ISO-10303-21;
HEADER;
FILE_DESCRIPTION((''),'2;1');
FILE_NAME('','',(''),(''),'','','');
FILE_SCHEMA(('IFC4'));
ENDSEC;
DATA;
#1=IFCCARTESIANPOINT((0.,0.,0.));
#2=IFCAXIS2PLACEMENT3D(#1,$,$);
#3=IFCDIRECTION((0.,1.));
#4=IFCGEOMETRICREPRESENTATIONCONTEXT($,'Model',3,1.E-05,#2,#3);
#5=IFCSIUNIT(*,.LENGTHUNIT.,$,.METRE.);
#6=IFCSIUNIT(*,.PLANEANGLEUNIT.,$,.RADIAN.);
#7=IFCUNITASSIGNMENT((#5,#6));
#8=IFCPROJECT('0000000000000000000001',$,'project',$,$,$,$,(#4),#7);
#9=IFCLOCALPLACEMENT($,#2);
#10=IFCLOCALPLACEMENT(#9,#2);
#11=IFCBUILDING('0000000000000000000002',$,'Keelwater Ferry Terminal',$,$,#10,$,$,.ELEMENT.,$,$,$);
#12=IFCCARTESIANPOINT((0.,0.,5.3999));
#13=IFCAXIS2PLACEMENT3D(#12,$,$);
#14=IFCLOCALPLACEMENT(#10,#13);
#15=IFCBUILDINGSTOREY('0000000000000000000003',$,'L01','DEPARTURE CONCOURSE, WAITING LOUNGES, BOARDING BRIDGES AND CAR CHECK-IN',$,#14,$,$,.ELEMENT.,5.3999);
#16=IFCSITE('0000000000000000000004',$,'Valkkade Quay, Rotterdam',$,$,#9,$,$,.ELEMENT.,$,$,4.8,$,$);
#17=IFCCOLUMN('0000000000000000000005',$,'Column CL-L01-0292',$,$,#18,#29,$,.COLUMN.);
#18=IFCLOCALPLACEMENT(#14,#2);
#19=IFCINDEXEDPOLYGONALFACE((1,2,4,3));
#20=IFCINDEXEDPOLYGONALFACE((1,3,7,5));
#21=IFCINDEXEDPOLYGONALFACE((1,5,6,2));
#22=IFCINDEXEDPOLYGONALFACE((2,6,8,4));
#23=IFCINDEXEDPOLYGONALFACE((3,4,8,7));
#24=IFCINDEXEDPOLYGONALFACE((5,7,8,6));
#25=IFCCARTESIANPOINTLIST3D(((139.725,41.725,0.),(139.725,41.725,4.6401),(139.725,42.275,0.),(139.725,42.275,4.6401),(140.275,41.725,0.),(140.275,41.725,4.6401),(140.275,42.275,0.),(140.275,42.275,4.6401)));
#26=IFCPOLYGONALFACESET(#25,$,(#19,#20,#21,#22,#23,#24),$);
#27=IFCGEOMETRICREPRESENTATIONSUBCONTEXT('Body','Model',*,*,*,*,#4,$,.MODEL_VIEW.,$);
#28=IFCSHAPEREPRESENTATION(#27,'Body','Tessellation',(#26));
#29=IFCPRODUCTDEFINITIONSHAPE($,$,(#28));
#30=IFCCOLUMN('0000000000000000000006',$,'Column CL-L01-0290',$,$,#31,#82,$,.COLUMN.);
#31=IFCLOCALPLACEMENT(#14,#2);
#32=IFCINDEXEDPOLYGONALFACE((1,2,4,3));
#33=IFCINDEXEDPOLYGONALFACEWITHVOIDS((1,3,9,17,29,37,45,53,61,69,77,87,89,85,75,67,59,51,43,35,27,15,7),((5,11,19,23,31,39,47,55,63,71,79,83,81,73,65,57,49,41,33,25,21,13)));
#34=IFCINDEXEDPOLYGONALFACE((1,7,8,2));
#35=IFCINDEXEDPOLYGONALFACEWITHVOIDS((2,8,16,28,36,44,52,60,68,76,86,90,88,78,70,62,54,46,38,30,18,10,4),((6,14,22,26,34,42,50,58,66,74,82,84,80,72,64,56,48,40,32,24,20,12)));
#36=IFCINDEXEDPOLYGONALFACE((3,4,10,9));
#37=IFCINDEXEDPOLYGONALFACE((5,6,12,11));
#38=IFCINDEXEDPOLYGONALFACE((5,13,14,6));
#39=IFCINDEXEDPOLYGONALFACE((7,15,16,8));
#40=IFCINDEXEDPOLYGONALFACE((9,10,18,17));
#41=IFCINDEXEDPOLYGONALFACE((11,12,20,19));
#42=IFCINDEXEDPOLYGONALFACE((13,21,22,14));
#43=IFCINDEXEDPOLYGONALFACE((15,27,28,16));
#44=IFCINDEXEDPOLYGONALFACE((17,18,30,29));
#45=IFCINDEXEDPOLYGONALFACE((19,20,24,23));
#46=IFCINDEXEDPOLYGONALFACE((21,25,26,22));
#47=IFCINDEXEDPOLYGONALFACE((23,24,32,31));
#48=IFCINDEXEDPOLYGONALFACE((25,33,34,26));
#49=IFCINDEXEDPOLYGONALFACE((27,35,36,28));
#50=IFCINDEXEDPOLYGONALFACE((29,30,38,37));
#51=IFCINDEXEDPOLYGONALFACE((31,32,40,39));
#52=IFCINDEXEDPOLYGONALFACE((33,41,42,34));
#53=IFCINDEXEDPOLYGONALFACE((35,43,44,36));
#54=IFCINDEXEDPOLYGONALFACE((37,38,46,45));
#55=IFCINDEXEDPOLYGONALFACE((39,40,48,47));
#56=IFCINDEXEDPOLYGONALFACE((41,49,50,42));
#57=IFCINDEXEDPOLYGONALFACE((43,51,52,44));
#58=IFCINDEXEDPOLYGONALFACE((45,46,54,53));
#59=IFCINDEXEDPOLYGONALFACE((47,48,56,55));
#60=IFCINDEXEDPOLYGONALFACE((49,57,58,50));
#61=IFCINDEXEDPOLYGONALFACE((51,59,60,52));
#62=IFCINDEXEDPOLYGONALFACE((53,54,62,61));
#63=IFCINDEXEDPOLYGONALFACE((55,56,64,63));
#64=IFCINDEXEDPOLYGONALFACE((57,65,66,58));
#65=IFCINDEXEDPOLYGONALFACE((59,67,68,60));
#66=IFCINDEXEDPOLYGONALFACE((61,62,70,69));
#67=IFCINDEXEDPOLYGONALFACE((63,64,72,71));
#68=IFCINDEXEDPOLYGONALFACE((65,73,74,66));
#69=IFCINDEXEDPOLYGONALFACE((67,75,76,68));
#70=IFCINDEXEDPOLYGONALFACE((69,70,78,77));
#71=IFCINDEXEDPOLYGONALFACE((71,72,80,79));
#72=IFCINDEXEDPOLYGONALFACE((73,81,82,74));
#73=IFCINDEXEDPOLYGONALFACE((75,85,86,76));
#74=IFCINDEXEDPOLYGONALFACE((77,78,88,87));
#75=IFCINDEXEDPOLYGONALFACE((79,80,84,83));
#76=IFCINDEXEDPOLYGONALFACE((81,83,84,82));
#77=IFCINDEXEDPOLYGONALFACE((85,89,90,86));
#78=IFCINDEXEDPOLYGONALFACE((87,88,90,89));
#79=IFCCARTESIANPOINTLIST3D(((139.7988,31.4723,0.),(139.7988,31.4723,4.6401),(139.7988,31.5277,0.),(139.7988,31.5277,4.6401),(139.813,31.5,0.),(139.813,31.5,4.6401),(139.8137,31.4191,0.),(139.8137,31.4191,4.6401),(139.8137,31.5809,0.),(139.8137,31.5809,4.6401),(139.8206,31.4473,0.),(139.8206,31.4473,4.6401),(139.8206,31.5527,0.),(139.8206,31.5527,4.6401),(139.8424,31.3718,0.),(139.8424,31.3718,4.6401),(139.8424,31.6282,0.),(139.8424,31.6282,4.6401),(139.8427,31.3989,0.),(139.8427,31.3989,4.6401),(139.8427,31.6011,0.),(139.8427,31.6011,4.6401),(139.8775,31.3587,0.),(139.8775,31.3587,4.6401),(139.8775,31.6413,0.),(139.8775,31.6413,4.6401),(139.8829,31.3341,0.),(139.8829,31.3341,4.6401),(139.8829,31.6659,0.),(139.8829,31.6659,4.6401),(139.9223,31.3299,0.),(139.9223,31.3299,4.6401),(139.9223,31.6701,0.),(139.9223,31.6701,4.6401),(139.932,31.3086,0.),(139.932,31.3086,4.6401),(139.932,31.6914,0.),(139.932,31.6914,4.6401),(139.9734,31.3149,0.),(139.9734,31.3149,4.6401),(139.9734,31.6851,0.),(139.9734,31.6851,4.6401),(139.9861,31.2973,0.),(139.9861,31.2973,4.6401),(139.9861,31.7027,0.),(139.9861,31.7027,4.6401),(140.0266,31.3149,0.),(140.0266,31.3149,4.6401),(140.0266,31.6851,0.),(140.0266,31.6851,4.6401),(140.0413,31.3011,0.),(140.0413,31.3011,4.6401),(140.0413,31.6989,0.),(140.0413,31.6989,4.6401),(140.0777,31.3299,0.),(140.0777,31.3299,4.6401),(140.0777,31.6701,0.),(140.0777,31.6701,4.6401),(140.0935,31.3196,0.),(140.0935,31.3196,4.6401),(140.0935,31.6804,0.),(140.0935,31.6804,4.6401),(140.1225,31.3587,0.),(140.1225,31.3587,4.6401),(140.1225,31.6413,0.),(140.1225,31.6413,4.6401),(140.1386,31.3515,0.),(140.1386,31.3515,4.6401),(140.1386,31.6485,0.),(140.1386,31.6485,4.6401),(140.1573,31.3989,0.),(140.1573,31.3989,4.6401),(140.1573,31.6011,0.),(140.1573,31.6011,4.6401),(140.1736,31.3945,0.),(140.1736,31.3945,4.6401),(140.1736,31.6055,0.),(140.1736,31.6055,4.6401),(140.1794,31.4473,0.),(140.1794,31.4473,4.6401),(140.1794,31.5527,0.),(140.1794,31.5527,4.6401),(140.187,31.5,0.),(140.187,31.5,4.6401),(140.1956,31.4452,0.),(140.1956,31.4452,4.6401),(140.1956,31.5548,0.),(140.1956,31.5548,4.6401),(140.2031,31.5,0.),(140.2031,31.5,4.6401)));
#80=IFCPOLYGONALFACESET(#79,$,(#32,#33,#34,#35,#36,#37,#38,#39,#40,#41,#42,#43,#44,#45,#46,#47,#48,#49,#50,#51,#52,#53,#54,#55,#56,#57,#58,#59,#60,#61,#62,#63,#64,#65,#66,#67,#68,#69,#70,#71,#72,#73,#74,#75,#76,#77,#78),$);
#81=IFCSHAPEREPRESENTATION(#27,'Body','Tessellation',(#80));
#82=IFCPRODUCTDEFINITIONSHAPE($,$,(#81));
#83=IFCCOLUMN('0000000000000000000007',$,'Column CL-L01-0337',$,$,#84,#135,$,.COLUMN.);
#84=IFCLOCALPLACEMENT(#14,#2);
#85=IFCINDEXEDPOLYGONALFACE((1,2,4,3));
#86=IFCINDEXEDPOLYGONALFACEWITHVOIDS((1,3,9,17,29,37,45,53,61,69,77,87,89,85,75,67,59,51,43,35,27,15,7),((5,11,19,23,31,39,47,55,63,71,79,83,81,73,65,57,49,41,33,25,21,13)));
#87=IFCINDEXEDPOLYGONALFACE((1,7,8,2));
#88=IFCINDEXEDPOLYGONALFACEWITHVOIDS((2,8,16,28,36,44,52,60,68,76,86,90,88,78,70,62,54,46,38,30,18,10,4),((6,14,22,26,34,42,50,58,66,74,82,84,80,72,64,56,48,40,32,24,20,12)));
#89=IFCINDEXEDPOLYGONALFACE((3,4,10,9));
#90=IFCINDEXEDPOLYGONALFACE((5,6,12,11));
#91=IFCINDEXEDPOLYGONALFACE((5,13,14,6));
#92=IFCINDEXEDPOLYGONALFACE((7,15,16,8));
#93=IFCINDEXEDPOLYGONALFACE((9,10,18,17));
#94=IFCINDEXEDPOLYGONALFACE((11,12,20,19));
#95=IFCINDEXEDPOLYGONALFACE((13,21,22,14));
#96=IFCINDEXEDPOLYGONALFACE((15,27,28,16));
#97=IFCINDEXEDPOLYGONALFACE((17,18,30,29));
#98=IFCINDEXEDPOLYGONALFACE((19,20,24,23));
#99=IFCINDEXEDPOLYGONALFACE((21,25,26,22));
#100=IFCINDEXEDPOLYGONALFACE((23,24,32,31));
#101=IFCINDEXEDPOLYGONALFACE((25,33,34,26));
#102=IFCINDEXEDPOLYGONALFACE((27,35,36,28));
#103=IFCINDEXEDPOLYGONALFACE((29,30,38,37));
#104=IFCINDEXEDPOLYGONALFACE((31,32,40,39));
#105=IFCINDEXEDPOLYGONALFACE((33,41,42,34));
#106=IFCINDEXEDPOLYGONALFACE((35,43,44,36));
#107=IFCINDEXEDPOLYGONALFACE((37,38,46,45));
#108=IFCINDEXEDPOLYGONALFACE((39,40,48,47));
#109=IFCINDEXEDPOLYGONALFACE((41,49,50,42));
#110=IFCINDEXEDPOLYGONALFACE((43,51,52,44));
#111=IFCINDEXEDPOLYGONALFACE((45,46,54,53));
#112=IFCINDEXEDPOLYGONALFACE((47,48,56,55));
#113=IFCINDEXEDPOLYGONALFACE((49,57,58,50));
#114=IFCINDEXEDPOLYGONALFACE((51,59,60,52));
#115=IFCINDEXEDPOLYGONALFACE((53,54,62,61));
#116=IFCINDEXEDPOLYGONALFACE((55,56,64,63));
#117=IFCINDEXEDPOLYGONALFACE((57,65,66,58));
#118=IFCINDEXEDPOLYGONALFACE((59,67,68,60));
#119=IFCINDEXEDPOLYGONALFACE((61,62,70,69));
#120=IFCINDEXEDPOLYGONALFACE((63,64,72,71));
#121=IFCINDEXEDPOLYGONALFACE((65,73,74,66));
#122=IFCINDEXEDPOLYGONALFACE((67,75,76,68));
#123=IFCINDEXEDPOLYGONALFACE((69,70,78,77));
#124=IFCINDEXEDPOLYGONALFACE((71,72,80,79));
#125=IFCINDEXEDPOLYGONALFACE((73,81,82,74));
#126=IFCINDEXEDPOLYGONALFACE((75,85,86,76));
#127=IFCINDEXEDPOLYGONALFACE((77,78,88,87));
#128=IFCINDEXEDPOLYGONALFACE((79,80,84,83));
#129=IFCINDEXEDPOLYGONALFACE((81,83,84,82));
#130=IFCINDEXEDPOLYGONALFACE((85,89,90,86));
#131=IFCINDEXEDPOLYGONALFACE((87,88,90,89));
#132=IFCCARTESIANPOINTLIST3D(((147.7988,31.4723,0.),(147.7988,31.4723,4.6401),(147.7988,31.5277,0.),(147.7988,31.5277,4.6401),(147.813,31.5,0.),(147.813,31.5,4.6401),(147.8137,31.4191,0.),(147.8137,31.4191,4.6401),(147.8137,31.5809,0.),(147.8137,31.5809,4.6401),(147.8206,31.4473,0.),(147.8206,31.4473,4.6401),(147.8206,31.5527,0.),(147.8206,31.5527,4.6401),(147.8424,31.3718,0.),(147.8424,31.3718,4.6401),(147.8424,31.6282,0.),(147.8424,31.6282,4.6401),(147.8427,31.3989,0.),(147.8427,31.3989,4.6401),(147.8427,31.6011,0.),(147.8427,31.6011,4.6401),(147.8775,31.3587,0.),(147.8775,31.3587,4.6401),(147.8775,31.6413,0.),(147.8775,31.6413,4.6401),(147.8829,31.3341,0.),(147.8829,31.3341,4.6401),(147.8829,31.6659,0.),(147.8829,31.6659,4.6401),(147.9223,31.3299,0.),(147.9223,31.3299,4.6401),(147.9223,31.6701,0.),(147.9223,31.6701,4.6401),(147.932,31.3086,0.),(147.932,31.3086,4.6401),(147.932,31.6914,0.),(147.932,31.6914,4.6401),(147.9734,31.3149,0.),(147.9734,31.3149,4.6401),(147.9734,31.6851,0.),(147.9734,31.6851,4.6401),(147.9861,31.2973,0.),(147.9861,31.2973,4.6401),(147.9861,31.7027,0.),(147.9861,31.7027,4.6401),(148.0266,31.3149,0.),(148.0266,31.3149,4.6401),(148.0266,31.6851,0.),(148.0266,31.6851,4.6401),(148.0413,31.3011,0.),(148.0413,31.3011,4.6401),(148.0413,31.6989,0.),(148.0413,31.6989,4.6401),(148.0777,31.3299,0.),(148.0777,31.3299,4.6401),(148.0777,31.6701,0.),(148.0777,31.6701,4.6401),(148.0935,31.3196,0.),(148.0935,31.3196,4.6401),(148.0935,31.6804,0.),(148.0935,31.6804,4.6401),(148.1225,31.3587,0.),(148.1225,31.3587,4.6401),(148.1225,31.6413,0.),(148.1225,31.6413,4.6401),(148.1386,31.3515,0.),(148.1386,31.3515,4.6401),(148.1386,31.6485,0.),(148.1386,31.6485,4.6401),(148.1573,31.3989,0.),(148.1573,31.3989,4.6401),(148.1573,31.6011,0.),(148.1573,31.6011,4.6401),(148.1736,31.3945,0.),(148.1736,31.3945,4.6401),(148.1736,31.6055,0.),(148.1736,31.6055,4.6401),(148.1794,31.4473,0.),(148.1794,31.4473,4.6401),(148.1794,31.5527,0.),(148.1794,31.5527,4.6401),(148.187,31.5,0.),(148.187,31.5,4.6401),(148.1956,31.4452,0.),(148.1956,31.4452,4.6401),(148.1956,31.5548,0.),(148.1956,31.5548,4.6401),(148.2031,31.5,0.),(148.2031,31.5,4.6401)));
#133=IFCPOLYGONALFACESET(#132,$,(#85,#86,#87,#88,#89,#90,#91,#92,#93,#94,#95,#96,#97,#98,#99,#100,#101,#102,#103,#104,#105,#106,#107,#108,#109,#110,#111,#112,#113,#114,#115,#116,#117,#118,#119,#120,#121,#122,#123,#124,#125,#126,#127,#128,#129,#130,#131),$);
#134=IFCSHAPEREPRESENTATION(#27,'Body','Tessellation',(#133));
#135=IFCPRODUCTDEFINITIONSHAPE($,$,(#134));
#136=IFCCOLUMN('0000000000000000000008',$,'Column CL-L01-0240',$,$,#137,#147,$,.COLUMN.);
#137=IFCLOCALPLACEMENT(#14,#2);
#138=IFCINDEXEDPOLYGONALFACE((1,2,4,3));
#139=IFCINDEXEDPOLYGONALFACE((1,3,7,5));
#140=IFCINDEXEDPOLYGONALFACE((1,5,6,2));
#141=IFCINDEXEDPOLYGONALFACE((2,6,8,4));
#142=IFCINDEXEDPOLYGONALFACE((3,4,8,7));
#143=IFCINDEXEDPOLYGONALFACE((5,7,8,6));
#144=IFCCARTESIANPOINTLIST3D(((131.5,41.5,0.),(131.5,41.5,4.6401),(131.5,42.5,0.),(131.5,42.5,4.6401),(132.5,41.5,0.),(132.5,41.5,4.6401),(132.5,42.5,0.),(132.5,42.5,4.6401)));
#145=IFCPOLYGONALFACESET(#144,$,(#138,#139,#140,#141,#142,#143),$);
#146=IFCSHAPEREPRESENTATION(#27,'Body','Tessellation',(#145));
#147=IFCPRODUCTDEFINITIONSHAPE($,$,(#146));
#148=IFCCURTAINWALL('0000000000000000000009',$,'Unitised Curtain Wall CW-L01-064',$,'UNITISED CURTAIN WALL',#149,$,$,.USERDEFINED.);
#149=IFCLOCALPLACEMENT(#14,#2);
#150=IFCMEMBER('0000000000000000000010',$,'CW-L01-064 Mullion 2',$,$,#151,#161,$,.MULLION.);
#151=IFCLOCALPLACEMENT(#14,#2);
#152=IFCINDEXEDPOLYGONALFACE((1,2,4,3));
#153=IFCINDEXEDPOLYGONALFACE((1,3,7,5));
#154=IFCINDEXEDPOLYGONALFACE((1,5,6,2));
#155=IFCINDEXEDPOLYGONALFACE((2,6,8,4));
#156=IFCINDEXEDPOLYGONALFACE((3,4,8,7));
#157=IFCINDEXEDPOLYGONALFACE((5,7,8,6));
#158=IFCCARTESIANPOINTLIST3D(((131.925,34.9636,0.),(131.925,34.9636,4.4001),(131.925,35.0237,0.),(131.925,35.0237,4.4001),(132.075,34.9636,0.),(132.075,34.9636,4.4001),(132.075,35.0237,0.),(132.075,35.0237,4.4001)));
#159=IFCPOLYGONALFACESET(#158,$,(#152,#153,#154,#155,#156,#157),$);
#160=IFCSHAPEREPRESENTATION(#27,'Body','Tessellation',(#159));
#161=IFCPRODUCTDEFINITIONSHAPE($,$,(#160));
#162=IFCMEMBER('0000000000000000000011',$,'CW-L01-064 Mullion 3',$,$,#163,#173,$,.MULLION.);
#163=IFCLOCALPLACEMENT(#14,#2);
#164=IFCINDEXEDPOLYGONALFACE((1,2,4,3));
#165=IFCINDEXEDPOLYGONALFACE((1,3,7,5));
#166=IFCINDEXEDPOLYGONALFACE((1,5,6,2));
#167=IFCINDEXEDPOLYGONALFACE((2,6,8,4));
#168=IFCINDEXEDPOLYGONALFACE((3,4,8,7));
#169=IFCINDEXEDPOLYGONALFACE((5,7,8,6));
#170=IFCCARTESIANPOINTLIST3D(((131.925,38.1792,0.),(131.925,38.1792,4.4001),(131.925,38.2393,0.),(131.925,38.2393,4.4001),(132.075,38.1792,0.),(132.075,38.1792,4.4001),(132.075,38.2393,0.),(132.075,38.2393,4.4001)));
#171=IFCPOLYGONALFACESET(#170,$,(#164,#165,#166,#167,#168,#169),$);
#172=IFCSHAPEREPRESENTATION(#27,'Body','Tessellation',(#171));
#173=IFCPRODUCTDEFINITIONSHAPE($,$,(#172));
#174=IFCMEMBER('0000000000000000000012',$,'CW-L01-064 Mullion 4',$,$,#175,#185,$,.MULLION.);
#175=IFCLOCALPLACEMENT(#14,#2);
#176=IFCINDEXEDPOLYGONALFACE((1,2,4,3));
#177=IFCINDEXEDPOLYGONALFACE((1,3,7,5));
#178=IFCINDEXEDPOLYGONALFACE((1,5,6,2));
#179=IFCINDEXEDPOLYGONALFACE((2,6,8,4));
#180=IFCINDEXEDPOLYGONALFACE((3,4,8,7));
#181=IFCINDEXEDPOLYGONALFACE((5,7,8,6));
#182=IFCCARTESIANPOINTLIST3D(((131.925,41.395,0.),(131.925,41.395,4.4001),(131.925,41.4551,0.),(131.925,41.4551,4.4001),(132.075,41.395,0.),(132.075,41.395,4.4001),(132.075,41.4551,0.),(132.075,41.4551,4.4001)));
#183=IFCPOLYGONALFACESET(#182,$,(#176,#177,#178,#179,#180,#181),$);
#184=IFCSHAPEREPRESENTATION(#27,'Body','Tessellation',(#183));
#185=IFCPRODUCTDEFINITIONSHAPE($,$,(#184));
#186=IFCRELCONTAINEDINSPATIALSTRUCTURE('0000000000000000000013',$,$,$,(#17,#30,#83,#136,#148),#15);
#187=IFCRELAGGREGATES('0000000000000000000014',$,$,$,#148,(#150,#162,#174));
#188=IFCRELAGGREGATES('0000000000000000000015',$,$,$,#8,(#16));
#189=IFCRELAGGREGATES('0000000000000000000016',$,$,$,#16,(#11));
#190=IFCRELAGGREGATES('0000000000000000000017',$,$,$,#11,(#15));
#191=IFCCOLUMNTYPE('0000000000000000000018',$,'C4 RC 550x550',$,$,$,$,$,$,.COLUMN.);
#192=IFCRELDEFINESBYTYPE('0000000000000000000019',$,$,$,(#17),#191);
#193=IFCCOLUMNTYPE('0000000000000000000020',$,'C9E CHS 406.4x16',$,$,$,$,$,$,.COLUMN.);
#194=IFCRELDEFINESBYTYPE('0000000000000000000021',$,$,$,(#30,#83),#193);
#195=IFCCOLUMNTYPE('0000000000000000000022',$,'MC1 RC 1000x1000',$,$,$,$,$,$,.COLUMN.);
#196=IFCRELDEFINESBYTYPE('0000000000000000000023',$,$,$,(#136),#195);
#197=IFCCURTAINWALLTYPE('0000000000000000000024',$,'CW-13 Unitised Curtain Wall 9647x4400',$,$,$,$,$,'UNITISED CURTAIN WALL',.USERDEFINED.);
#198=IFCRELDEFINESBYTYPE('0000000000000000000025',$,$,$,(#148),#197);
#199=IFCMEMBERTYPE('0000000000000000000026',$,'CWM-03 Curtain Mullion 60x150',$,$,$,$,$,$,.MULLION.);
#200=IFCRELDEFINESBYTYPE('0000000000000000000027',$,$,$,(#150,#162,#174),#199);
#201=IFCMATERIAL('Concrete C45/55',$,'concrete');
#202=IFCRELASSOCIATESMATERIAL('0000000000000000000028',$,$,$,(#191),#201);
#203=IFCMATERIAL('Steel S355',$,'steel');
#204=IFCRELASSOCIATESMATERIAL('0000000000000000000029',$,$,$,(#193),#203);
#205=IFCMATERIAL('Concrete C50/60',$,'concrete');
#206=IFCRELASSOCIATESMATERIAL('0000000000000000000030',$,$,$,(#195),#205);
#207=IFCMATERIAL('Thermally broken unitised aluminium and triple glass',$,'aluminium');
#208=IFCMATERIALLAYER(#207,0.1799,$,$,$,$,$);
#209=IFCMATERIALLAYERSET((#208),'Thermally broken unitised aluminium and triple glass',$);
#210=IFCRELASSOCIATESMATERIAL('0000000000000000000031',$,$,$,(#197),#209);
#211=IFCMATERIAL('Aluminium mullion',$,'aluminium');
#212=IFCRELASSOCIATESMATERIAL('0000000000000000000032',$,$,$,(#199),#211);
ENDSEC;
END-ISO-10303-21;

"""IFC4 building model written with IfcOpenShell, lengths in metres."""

from ifc_helpers import new_model, si_unit, direction, frame, origin, origin_2d, place, context, subcontext, project, spatial, rectangle, hollow_circle, extrude, material, layer, layer_set, material_profile, profile_set, type_object, element, aggregate, save


model = new_model("IFC4")

# Units and contexts
model_context = context("Model", 3, precision=1e-05, world=origin(), true_north=direction((0.0, 1.0)))
body_context = subcontext(model_context, "Body", "Model", "MODEL_VIEW")
ifc_project = project(units=[si_unit("LENGTHUNIT", "METRE"), si_unit("PLANEANGLEUNIT", "RADIAN")], contexts=[model_context])

# Site, building, storey
site_placement = place(None, origin())
site = spatial("IfcSite", under=ifc_project, at=site_placement, Name="Valkkade Quay, Rotterdam", CompositionType="ELEMENT", RefElevation=4.8)
building_placement = place(site_placement, origin())
building = spatial("IfcBuilding", under=site, at=building_placement, Name="Keelwater Ferry Terminal", CompositionType="ELEMENT")
storey_placement = place(building_placement, frame((0.0, 0.0, 5.3999)))
storey = spatial("IfcBuildingStorey", under=building, at=storey_placement, Name="L01", Description="DEPARTURE CONCOURSE, WAITING LOUNGES, BOARDING BRIDGES AND CAR CHECK-IN", CompositionType="ELEMENT", Elevation=5.3999)

# Columns
ifc_material_1 = material(Name="Concrete C45/55", Category="concrete")
ifc_material_profile_1 = material_profile(ifc_material_1, rectangle(XDim=0.55, YDim=0.55, at=origin_2d()), Name="RC 550x550")
ifc_profile_set_1 = profile_set([ifc_material_profile_1], Name="Concrete C45/55")
column_type_1 = type_object("IfcColumnType", Name="C4 RC 550x550", PredefinedType="COLUMN", material=ifc_profile_set_1)
column_1_placement = place(storey_placement, frame((140.0, 42.0, 0.0), z_axis=(0.0, 0.0, 1.0), x_axis=(1.0, 0.0, 0.0)))
element("IfcColumn", 1, at=column_1_placement, inside=storey, type_object=column_type_1, Name="Column CL-L01-0292", PredefinedType="COLUMN", context=body_context, shape_type="SweptSolid", body=[
    extrude(rectangle(XDim=0.55, YDim=0.55, at=origin_2d()), origin(), (0.0, 0.0, 1.0), 4.6401),
])
ifc_material_2 = material(Name="Steel S355", Category="steel")
ifc_material_profile_2 = material_profile(ifc_material_2, hollow_circle(Radius=0.2031, WallThickness=0.0161, at=origin_2d()), Name="CHS 406.4x16")
ifc_profile_set_2 = profile_set([ifc_material_profile_2], Name="Steel S355")
column_type_2 = type_object("IfcColumnType", Name="C9E CHS 406.4x16", PredefinedType="COLUMN", material=ifc_profile_set_2)
for number, where, z_axis, x_axis, name in (
    (2, (140.0, 31.5, 0.0), (0.0, 0.0, 1.0), (1.0, 0.0, 0.0), "Column CL-L01-0290"),
    (3, (148.0, 31.5, 0.0), (0.0, 0.0, 1.0), (1.0, 0.0, 0.0), "Column CL-L01-0337"),
):
    element("IfcColumn", number, at=place(storey_placement, frame(where, z_axis=z_axis, x_axis=x_axis)), inside=storey, type_object=column_type_2, Name=name, PredefinedType="COLUMN", context=body_context, shape_type="SweptSolid", body=[
        extrude(hollow_circle(Radius=0.2031, WallThickness=0.0161, at=origin_2d()), origin(), (0.0, 0.0, 1.0), 4.6401),
    ])
ifc_material_3 = material(Name="Concrete C50/60", Category="concrete")
ifc_material_profile_3 = material_profile(ifc_material_3, rectangle(XDim=1.0, YDim=1.0, at=origin_2d()), Name="RC 1000x1000")
ifc_profile_set_3 = profile_set([ifc_material_profile_3], Name="Concrete C50/60")
column_type_3 = type_object("IfcColumnType", Name="MC1 RC 1000x1000", PredefinedType="COLUMN", material=ifc_profile_set_3)
column_2_placement = place(storey_placement, frame((132.0, 42.0, 0.0), z_axis=(0.0, 0.0, 1.0), x_axis=(1.0, 0.0, 0.0)))
element("IfcColumn", 4, at=column_2_placement, inside=storey, type_object=column_type_3, Name="Column CL-L01-0240", PredefinedType="COLUMN", context=body_context, shape_type="SweptSolid", body=[
    extrude(rectangle(XDim=1.0, YDim=1.0, at=origin_2d()), origin(), (0.0, 0.0, 1.0), 4.6401),
])

# Curtain wall, members
ifc_material_4 = material(Name="Thermally broken unitised aluminium and triple glass", Category="aluminium")
ifc_layer_1 = layer(ifc_material_4, 0.1799)
ifc_layer_set_1 = layer_set([ifc_layer_1], Name="Thermally broken unitised aluminium and triple glass")
curtain_wall_type = type_object("IfcCurtainWallType", Name="CW-13 Unitised Curtain Wall 9647x4400", ElementType="UNITISED CURTAIN WALL", PredefinedType="USERDEFINED", material=ifc_layer_set_1)
curtain_wall_placement = place(storey_placement, origin())
curtain_wall = element("IfcCurtainWall", 5, at=curtain_wall_placement, inside=storey, type_object=curtain_wall_type, Name="Unitised Curtain Wall CW-L01-064", ObjectType="UNITISED CURTAIN WALL", PredefinedType="USERDEFINED")
ifc_material_5 = material(Name="Aluminium mullion", Category="aluminium")
ifc_material_profile_4 = material_profile(ifc_material_5, rectangle(XDim=0.0601, YDim=0.1499, at=origin_2d()), Name="CWM-03")
ifc_profile_set_4 = profile_set([ifc_material_profile_4], Name="Aluminium mullion")
member_type = type_object("IfcMemberType", Name="CWM-03 Curtain Mullion 60x150", PredefinedType="MULLION", material=ifc_profile_set_4)
member_1_placement = place(storey_placement, frame((132.0, 34.9937, 0.0), z_axis=(0.0, 0.0, 1.0), x_axis=(0.0, 1.0, 0.0)))
member_1 = element("IfcMember", 6, at=member_1_placement, type_object=member_type, Name="CW-L01-064 Mullion 2", PredefinedType="MULLION", context=body_context, shape_type="SweptSolid", body=[
    extrude(rectangle(XDim=0.0601, YDim=0.1499, at=origin_2d()), origin(), (0.0, 0.0, 1.0), 4.4001),
])
member_2_placement = place(storey_placement, frame((132.0, 38.2092, 0.0), z_axis=(0.0, 0.0, 1.0), x_axis=(0.0, 1.0, 0.0)))
member_2 = element("IfcMember", 7, at=member_2_placement, type_object=member_type, Name="CW-L01-064 Mullion 3", PredefinedType="MULLION", context=body_context, shape_type="SweptSolid", body=[
    extrude(rectangle(XDim=0.0601, YDim=0.1499, at=origin_2d()), origin(), (0.0, 0.0, 1.0), 4.4001),
])
member_3_placement = place(storey_placement, frame((132.0, 41.425, 0.0), z_axis=(0.0, 0.0, 1.0), x_axis=(0.0, 1.0, 0.0)))
member_3 = element("IfcMember", 8, at=member_3_placement, type_object=member_type, Name="CW-L01-064 Mullion 4", PredefinedType="MULLION", context=body_context, shape_type="SweptSolid", body=[
    extrude(rectangle(XDim=0.0601, YDim=0.1499, at=origin_2d()), origin(), (0.0, 0.0, 1.0), 4.4001),
])

aggregate(curtain_wall, [member_1, member_2, member_3])

save(model, "model.ifc")
